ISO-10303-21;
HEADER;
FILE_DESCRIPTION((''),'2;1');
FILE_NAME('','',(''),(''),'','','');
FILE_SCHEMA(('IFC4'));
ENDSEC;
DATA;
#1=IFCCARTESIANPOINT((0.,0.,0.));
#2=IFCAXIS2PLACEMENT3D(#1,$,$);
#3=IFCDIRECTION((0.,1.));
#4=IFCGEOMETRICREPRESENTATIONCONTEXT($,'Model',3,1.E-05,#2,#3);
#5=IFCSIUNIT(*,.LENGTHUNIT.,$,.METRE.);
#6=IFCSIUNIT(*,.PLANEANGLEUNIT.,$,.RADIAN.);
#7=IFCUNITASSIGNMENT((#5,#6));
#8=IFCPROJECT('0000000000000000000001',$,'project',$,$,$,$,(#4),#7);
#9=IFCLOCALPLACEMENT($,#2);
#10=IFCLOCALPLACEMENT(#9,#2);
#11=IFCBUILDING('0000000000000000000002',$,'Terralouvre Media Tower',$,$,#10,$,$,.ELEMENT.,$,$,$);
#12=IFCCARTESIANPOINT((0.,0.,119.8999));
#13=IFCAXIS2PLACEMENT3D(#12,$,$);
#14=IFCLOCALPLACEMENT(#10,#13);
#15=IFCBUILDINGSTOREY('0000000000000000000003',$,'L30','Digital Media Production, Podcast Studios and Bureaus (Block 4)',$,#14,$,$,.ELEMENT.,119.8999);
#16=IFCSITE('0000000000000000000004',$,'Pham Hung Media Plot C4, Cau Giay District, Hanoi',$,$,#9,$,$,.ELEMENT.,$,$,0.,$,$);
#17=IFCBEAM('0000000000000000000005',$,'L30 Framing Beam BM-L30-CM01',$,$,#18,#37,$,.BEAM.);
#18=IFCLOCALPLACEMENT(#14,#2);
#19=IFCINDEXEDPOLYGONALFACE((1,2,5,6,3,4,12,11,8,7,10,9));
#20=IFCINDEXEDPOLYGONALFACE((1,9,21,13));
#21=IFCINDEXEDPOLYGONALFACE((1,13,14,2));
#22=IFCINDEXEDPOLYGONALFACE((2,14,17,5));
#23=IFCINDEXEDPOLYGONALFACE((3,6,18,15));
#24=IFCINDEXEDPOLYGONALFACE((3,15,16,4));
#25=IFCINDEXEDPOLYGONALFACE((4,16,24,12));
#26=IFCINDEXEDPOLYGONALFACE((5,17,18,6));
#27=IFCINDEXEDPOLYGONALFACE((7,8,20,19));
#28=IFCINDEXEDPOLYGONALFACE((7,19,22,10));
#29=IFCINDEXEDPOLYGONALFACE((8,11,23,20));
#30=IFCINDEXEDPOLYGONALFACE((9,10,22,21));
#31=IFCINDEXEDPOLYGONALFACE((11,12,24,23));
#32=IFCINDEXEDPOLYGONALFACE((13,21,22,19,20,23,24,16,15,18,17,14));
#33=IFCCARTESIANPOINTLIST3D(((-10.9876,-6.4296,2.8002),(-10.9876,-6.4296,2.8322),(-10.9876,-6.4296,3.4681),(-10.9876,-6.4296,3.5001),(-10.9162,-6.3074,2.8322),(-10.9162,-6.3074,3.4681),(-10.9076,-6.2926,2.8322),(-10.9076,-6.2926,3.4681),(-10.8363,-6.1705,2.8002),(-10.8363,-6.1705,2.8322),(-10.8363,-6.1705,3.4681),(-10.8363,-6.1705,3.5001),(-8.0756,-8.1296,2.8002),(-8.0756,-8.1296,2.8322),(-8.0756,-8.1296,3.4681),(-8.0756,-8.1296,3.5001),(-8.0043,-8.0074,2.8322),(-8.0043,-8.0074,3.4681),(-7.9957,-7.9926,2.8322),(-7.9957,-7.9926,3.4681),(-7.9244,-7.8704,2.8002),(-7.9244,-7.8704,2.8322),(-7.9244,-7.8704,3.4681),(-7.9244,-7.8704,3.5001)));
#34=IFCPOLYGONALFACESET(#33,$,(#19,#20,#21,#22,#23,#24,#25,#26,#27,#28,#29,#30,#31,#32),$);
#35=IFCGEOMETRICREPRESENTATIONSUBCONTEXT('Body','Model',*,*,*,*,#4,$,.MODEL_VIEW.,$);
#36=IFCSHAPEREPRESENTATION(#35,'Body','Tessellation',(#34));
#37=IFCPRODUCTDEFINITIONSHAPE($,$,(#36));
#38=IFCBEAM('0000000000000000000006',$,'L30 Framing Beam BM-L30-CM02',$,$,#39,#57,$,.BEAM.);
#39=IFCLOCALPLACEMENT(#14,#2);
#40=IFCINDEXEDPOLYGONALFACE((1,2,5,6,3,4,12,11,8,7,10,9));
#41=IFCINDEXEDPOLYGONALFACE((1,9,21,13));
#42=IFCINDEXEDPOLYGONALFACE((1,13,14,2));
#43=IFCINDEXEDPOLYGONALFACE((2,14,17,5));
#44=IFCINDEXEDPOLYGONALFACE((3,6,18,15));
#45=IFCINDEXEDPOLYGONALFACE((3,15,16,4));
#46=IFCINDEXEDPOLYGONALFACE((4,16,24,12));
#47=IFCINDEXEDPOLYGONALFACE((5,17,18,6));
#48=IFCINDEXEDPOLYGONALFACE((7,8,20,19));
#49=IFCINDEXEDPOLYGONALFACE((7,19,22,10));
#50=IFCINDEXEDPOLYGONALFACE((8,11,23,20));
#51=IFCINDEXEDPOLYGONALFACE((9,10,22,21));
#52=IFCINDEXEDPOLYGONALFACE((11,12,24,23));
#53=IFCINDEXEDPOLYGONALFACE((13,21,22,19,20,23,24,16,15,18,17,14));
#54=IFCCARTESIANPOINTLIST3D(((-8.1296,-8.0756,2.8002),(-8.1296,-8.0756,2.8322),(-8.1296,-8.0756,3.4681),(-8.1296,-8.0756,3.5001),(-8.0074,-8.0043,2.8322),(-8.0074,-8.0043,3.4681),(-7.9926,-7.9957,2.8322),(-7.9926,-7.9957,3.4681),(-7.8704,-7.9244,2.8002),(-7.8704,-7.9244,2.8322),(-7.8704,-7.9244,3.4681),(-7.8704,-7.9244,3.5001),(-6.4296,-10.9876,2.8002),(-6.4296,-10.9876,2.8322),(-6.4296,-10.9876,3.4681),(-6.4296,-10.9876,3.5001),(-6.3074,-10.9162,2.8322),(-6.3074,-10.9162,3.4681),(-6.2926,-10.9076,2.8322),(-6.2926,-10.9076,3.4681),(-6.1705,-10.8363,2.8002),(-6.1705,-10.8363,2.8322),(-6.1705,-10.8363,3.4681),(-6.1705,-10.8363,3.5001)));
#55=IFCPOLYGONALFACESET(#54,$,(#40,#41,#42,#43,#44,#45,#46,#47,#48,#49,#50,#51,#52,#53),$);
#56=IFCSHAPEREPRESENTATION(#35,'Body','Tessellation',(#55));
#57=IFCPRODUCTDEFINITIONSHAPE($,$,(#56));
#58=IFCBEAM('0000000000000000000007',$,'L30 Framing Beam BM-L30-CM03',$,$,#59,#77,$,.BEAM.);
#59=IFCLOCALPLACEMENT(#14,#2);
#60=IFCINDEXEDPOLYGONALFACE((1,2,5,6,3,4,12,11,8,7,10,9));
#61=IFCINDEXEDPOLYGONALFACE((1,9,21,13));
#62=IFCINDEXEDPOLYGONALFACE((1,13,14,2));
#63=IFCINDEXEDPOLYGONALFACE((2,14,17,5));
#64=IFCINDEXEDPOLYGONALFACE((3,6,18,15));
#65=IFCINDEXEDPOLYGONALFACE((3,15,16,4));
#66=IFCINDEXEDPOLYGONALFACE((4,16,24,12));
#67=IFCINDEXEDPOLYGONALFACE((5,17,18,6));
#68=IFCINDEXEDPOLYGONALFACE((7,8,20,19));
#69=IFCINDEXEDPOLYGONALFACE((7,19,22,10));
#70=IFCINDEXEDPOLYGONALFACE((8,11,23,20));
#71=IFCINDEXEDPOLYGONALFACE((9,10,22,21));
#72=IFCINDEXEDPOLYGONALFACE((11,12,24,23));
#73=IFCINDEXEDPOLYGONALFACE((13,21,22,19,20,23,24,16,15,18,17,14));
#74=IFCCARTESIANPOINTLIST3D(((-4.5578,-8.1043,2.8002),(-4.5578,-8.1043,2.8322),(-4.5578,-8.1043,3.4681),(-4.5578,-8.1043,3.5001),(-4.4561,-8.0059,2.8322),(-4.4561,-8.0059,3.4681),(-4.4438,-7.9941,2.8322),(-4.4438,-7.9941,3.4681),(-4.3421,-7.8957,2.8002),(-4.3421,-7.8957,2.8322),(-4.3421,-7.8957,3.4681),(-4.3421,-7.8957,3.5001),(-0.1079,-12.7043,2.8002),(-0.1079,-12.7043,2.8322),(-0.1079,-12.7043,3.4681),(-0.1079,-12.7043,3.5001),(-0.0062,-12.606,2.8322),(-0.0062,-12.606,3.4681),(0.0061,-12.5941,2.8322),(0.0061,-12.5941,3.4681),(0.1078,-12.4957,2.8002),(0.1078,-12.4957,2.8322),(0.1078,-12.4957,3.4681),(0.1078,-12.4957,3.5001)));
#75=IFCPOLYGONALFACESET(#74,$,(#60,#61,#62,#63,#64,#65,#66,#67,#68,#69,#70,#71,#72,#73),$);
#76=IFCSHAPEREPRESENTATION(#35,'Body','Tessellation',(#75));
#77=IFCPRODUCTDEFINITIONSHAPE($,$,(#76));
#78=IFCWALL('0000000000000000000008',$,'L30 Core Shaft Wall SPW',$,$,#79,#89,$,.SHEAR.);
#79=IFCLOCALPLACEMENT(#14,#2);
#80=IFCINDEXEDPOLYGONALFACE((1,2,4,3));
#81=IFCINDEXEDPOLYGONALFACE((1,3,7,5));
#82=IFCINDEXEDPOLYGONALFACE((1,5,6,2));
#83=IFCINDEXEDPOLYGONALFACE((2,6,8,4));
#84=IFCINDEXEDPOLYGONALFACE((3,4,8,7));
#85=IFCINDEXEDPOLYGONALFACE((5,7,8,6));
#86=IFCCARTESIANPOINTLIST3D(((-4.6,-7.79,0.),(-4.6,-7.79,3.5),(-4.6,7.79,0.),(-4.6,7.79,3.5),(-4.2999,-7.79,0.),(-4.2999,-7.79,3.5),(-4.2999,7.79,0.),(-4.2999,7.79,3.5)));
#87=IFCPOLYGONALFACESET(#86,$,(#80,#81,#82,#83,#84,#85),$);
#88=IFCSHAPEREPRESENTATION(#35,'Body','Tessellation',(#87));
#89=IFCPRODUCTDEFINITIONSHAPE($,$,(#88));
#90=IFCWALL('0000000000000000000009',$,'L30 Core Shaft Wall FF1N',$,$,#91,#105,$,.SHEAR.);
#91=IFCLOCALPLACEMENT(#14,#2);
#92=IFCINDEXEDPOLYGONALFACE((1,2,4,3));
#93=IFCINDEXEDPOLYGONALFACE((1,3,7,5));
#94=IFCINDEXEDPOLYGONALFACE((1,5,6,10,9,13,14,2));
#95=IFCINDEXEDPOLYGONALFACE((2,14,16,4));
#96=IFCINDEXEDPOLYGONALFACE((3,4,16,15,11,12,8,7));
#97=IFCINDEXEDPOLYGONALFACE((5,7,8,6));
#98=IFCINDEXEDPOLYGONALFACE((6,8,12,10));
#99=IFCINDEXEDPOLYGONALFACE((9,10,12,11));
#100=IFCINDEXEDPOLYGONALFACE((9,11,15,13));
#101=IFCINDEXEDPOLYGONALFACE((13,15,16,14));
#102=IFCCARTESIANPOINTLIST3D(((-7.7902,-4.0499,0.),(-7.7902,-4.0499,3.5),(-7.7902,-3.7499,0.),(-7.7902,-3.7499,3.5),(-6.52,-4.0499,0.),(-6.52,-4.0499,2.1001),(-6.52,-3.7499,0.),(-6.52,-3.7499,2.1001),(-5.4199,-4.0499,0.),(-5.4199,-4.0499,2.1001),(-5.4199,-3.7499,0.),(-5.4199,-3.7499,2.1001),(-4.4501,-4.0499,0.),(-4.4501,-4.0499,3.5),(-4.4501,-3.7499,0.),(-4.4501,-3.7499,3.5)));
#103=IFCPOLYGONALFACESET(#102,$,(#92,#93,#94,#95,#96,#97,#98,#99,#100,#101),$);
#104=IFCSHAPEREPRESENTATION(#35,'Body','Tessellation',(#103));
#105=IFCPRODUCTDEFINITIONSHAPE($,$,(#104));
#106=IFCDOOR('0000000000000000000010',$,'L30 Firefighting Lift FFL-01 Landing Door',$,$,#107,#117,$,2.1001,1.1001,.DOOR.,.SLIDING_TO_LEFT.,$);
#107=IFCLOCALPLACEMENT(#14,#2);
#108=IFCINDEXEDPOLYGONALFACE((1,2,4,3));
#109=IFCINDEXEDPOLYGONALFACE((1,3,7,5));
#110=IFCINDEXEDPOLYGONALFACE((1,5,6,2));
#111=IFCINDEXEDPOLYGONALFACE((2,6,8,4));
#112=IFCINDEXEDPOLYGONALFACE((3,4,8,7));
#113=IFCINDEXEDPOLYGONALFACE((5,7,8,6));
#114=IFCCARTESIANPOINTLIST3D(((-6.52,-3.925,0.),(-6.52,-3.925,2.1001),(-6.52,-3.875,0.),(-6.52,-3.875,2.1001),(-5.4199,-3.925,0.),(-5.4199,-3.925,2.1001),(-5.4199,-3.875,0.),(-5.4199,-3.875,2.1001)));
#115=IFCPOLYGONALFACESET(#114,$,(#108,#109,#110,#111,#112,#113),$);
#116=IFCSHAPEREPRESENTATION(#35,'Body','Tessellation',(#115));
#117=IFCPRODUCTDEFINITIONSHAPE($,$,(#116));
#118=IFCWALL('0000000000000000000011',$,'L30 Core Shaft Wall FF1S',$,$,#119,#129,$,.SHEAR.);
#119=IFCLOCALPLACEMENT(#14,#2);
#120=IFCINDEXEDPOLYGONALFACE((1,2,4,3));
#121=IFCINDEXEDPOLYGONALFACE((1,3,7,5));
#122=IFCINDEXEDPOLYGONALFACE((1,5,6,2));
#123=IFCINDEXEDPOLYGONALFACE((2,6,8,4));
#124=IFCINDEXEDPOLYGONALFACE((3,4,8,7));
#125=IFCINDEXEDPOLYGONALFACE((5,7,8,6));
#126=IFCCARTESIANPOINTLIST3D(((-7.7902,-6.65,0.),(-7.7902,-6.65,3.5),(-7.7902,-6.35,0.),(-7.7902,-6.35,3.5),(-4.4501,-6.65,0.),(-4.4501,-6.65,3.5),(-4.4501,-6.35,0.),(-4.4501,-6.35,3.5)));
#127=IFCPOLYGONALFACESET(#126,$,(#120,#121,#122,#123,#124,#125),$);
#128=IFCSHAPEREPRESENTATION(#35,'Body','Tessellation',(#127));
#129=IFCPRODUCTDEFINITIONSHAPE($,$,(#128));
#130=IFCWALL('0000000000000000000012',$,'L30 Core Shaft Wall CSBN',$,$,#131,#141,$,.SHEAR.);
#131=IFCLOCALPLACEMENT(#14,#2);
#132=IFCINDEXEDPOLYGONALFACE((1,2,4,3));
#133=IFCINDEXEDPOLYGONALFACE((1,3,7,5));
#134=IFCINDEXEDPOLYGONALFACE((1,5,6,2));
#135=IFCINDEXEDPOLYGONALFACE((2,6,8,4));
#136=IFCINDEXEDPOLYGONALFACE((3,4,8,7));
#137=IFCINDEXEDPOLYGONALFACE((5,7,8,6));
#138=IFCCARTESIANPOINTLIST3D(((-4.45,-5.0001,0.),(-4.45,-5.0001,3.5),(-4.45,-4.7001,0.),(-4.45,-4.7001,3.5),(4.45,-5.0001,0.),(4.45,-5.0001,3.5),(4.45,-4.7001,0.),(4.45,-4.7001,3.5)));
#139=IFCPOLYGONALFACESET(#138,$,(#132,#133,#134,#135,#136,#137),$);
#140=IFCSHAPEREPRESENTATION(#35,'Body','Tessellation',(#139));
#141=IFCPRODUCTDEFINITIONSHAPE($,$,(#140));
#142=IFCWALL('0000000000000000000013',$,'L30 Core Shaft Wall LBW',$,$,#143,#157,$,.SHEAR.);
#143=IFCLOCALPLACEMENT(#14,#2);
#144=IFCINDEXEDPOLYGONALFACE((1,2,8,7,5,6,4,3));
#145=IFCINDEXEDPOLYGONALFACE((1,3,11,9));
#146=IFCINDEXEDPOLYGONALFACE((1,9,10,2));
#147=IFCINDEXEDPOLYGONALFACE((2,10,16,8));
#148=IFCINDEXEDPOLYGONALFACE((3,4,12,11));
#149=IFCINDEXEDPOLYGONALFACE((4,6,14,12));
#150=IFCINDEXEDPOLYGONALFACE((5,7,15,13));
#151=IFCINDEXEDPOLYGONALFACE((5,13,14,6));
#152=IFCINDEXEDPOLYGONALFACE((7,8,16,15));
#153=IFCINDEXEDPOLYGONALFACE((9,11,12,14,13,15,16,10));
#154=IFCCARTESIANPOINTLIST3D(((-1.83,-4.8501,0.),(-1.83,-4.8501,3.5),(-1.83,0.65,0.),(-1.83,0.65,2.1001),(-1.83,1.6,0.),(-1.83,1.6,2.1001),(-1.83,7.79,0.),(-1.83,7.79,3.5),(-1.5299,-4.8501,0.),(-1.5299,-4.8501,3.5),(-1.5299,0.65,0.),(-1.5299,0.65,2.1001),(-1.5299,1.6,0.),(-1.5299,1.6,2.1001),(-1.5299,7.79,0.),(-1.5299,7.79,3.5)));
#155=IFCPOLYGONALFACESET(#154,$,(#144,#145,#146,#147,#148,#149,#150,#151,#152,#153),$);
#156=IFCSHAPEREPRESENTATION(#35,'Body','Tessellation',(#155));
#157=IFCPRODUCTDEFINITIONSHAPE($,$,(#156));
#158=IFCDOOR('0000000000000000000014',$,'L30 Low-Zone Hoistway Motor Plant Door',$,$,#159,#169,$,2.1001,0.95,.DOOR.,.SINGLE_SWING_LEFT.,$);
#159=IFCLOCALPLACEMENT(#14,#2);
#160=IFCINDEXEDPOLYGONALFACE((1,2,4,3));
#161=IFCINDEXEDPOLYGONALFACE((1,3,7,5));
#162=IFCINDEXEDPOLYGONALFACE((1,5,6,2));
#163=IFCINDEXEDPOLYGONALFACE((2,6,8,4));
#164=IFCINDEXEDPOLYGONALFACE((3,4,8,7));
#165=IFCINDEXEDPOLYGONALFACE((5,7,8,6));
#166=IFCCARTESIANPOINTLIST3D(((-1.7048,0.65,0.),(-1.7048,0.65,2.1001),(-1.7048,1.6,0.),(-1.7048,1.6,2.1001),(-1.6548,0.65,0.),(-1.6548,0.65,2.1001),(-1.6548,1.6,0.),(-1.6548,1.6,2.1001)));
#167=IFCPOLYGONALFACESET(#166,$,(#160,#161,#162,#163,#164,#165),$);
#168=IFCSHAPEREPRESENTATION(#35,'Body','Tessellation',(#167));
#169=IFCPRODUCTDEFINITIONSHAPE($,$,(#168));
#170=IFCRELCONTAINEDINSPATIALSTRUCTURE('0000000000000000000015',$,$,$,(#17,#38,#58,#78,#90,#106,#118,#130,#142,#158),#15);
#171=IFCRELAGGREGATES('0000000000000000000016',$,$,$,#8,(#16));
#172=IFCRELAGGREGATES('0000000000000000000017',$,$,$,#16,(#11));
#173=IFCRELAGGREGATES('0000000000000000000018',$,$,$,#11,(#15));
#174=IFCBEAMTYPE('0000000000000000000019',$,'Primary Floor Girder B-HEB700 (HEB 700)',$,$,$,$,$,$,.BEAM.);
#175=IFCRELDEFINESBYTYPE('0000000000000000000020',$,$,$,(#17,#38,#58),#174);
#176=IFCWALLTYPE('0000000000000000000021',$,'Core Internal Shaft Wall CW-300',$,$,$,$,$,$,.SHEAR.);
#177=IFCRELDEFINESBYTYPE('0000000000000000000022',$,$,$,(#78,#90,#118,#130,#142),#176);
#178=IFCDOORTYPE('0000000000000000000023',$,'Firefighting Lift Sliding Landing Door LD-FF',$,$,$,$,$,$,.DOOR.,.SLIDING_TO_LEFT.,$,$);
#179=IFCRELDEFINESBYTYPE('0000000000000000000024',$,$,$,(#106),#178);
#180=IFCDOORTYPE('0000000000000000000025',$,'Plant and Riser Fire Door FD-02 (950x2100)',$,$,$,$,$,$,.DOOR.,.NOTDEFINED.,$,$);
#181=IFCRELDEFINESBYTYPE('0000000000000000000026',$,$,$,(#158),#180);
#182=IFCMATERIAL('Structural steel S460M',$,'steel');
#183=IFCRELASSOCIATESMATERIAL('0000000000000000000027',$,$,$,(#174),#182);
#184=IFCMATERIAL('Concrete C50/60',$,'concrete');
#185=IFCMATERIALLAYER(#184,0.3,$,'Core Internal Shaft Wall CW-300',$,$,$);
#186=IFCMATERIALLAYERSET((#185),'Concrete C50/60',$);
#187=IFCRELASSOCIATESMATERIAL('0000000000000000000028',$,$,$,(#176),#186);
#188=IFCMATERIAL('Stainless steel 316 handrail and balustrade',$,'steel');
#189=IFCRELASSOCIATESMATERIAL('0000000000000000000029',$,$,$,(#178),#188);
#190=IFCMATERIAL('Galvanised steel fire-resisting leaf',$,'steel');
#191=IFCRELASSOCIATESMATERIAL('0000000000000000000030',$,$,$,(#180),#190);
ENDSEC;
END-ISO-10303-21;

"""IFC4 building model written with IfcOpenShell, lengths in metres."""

from ifc_helpers import new_model, si_unit, direction, frame, frame_2d, origin, origin_2d, place, context, subcontext, project, spatial, rectangle, i_section, extrude, material, layer, layer_set, material_profile, profile_set, type_object, element, fill, save


model = new_model("IFC4")

# Units and contexts
model_context = context("Model", 3, precision=1e-05, world=origin(), true_north=direction((0.0, 1.0)))
body_context = subcontext(model_context, "Body", "Model", "MODEL_VIEW")
ifc_project = project(units=[si_unit("LENGTHUNIT", "METRE"), si_unit("PLANEANGLEUNIT", "RADIAN")], contexts=[model_context])

# Site, building, storey
site_placement = place(None, origin())
site = spatial("IfcSite", under=ifc_project, at=site_placement, Name="Pham Hung Media Plot C4, Cau Giay District, Hanoi", CompositionType="ELEMENT", RefElevation=0.0)
building_placement = place(site_placement, origin())
building = spatial("IfcBuilding", under=site, at=building_placement, Name="Terralouvre Media Tower", CompositionType="ELEMENT")
storey_placement = place(building_placement, frame((0.0, 0.0, 119.8999)))
storey = spatial("IfcBuildingStorey", under=building, at=storey_placement, Name="L30", Description="Digital Media Production, Podcast Studios and Bureaus (Block 4)", CompositionType="ELEMENT", Elevation=119.8999)

# Beams
ifc_material_1 = material(Name="Structural steel S460M", Category="steel")
ifc_material_profile_1 = material_profile(ifc_material_1, i_section(OverallWidth=0.3, OverallDepth=0.7, WebThickness=0.0171, FlangeThickness=0.032, at=origin_2d()), Name="HEB 700")
ifc_profile_set_1 = profile_set([ifc_material_profile_1], Name="Structural steel S460M")
beam_type_1 = type_object("IfcBeamType", Name="Primary Floor Girder B-HEB700 (HEB 700)", PredefinedType="BEAM", material=ifc_profile_set_1)
for number, where, z_axis, x_axis, name in (
    (1, (-8.0, -8.0, 3.1501), (-0.863603, 0.504173, 0.0), (-0.504173, -0.863603, 0.0), "L30 Framing Beam BM-L30-CM01"),
    (2, (-8.0, -8.0, 3.1501), (0.504173, -0.863603, 0.0), (0.863603, 0.504173, 0.0), "L30 Framing Beam BM-L30-CM02"),
):
    element("IfcBeam", number, at=place(storey_placement, frame(where, z_axis=z_axis, x_axis=x_axis)), inside=storey, type_object=beam_type_1, Name=name, PredefinedType="BEAM", context=body_context, shape_type="SweptSolid", body=[
        extrude(i_section(OverallWidth=0.3, OverallDepth=0.7, WebThickness=0.0171, FlangeThickness=0.032, at=origin_2d()), origin(), (0.0, 0.0, 1.0), 3.3718),
    ])
beam_1_placement = place(storey_placement, frame((-4.45, -8.0, 3.1501), z_axis=(0.69528, -0.718739, 0.0), x_axis=(0.718739, 0.69528, 0.0)))
element("IfcBeam", 3, at=beam_1_placement, inside=storey, type_object=beam_type_1, Name="L30 Framing Beam BM-L30-CM03", PredefinedType="BEAM", context=body_context, shape_type="SweptSolid", body=[
    extrude(i_section(OverallWidth=0.3, OverallDepth=0.7, WebThickness=0.0171, FlangeThickness=0.032, at=origin_2d()), origin(), (0.0, 0.0, 1.0), 6.4001),
])

# Wall
ifc_material_2 = material(Name="Concrete C50/60", Category="concrete")
ifc_layer_1 = layer(ifc_material_2, 0.3, Name="Core Internal Shaft Wall CW-300")
ifc_layer_set_1 = layer_set([ifc_layer_1], Name="Concrete C50/60")
wall_type_1 = type_object("IfcWallType", Name="Core Internal Shaft Wall CW-300", PredefinedType="SHEAR", material=ifc_layer_set_1)
wall_1_placement = place(storey_placement, frame((-4.45, -7.79, 0.0), z_axis=(0.0, 0.0, 1.0), x_axis=(0.0, 1.0, 0.0)))
element("IfcWall", 4, at=wall_1_placement, inside=storey, type_object=wall_type_1, Name="L30 Core Shaft Wall SPW", PredefinedType="SHEAR", context=body_context, shape_type="SweptSolid", body=[
    extrude(rectangle(XDim=15.5801, YDim=0.3, at=frame_2d((7.79, 0.0))), origin(), (0.0, 0.0, 1.0), 3.5),
])

# Wall, opening, door
wall_2_placement = place(storey_placement, frame((-7.79, -3.8999, 0.0), z_axis=(0.0, 0.0, 1.0), x_axis=(1.0, 0.0, 0.0)))
wall_2 = element("IfcWall", 5, at=wall_2_placement, inside=storey, type_object=wall_type_1, Name="L30 Core Shaft Wall FF1N", PredefinedType="SHEAR", context=body_context, shape_type="SweptSolid", body=[
    extrude(rectangle(XDim=3.3401, YDim=0.3, at=frame_2d((1.6699, 0.0))), origin(), (0.0, 0.0, 1.0), 3.5),
])
opening_1_placement = place(wall_2_placement, frame((1.27, 0.0, 0.0)))
opening_1 = element("IfcOpeningElement", 6, at=opening_1_placement, cuts=wall_2, PredefinedType="OPENING", context=body_context, shape_type="SweptSolid", body=[
    extrude(rectangle(XDim=1.1001, YDim=2.1001, at=frame_2d((0.55, 1.05))), frame((0.0, 0.1599, 0.0), z_axis=(0.0, -1.0, 0.0), x_axis=(1.0, 0.0, 0.0)), (0.0, 0.0, 1.0), 0.3201),
])
ifc_material_3 = material(Name="Stainless steel 316 handrail and balustrade", Category="steel")
door_type_1 = type_object("IfcDoorType", Name="Firefighting Lift Sliding Landing Door LD-FF", OperationType="SLIDING_TO_LEFT", PredefinedType="DOOR", material=ifc_material_3)
door_1_placement = place(opening_1_placement, origin())
door_1 = element("IfcDoor", 7, at=door_1_placement, inside=storey, type_object=door_type_1, Name="L30 Firefighting Lift FFL-01 Landing Door", OperationType="SLIDING_TO_LEFT", OverallHeight=2.1001, OverallWidth=1.1001, PredefinedType="DOOR", context=body_context, shape_type="SweptSolid", body=[
    extrude(rectangle(XDim=1.1001, YDim=2.1001, at=frame_2d((0.55, 1.05))), frame((0.0, 0.0249, 0.0), z_axis=(0.0, -1.0, 0.0), x_axis=(1.0, 0.0, 0.0)), (0.0, 0.0, 1.0), 0.05),
])
fill(opening_1, door_1)

# Walls
wall_3_placement = place(storey_placement, frame((-7.79, -6.5, 0.0), z_axis=(0.0, 0.0, 1.0), x_axis=(1.0, 0.0, 0.0)))
element("IfcWall", 8, at=wall_3_placement, inside=storey, type_object=wall_type_1, Name="L30 Core Shaft Wall FF1S", PredefinedType="SHEAR", context=body_context, shape_type="SweptSolid", body=[
    extrude(rectangle(XDim=3.3401, YDim=0.3, at=frame_2d((1.6699, 0.0))), origin(), (0.0, 0.0, 1.0), 3.5),
])
wall_4_placement = place(storey_placement, frame((-4.45, -4.8501, 0.0), z_axis=(0.0, 0.0, 1.0), x_axis=(1.0, 0.0, 0.0)))
element("IfcWall", 9, at=wall_4_placement, inside=storey, type_object=wall_type_1, Name="L30 Core Shaft Wall CSBN", PredefinedType="SHEAR", context=body_context, shape_type="SweptSolid", body=[
    extrude(rectangle(XDim=8.8999, YDim=0.3, at=frame_2d((4.45, 0.0))), origin(), (0.0, 0.0, 1.0), 3.5),
])

# Wall, opening, door
wall_5_placement = place(storey_placement, frame((-1.6799, -4.8501, 0.0), z_axis=(0.0, 0.0, 1.0), x_axis=(0.0, 1.0, 0.0)))
wall_5 = element("IfcWall", 10, at=wall_5_placement, inside=storey, type_object=wall_type_1, Name="L30 Core Shaft Wall LBW", PredefinedType="SHEAR", context=body_context, shape_type="SweptSolid", body=[
    extrude(rectangle(XDim=12.6401, YDim=0.3, at=frame_2d((6.3201, 0.0))), origin(), (0.0, 0.0, 1.0), 3.5),
])
opening_2_placement = place(wall_5_placement, frame((5.5, 0.0, 0.0)))
opening_2 = element("IfcOpeningElement", 11, at=opening_2_placement, cuts=wall_5, PredefinedType="OPENING", context=body_context, shape_type="SweptSolid", body=[
    extrude(rectangle(XDim=0.95, YDim=2.1001, at=frame_2d((0.4751, 1.05))), frame((0.0, 0.1599, 0.0), z_axis=(0.0, -1.0, 0.0), x_axis=(1.0, 0.0, 0.0)), (0.0, 0.0, 1.0), 0.3201),
])
ifc_material_4 = material(Name="Galvanised steel fire-resisting leaf", Category="steel")
door_type_2 = type_object("IfcDoorType", Name="Plant and Riser Fire Door FD-02 (950x2100)", OperationType="NOTDEFINED", PredefinedType="DOOR", material=ifc_material_4)
door_2_placement = place(opening_2_placement, origin())
door_2 = element("IfcDoor", 12, at=door_2_placement, inside=storey, type_object=door_type_2, Name="L30 Low-Zone Hoistway Motor Plant Door", OperationType="SINGLE_SWING_LEFT", OverallHeight=2.1001, OverallWidth=0.95, PredefinedType="DOOR", context=body_context, shape_type="SweptSolid", body=[
    extrude(rectangle(XDim=0.95, YDim=2.1001, at=frame_2d((0.4751, 1.05))), frame((0.0, 0.0249, 0.0), z_axis=(0.0, -1.0, 0.0), x_axis=(1.0, 0.0, 0.0)), (0.0, 0.0, 1.0), 0.05),
])
fill(opening_2, door_2)

save(model, "model.ifc")
